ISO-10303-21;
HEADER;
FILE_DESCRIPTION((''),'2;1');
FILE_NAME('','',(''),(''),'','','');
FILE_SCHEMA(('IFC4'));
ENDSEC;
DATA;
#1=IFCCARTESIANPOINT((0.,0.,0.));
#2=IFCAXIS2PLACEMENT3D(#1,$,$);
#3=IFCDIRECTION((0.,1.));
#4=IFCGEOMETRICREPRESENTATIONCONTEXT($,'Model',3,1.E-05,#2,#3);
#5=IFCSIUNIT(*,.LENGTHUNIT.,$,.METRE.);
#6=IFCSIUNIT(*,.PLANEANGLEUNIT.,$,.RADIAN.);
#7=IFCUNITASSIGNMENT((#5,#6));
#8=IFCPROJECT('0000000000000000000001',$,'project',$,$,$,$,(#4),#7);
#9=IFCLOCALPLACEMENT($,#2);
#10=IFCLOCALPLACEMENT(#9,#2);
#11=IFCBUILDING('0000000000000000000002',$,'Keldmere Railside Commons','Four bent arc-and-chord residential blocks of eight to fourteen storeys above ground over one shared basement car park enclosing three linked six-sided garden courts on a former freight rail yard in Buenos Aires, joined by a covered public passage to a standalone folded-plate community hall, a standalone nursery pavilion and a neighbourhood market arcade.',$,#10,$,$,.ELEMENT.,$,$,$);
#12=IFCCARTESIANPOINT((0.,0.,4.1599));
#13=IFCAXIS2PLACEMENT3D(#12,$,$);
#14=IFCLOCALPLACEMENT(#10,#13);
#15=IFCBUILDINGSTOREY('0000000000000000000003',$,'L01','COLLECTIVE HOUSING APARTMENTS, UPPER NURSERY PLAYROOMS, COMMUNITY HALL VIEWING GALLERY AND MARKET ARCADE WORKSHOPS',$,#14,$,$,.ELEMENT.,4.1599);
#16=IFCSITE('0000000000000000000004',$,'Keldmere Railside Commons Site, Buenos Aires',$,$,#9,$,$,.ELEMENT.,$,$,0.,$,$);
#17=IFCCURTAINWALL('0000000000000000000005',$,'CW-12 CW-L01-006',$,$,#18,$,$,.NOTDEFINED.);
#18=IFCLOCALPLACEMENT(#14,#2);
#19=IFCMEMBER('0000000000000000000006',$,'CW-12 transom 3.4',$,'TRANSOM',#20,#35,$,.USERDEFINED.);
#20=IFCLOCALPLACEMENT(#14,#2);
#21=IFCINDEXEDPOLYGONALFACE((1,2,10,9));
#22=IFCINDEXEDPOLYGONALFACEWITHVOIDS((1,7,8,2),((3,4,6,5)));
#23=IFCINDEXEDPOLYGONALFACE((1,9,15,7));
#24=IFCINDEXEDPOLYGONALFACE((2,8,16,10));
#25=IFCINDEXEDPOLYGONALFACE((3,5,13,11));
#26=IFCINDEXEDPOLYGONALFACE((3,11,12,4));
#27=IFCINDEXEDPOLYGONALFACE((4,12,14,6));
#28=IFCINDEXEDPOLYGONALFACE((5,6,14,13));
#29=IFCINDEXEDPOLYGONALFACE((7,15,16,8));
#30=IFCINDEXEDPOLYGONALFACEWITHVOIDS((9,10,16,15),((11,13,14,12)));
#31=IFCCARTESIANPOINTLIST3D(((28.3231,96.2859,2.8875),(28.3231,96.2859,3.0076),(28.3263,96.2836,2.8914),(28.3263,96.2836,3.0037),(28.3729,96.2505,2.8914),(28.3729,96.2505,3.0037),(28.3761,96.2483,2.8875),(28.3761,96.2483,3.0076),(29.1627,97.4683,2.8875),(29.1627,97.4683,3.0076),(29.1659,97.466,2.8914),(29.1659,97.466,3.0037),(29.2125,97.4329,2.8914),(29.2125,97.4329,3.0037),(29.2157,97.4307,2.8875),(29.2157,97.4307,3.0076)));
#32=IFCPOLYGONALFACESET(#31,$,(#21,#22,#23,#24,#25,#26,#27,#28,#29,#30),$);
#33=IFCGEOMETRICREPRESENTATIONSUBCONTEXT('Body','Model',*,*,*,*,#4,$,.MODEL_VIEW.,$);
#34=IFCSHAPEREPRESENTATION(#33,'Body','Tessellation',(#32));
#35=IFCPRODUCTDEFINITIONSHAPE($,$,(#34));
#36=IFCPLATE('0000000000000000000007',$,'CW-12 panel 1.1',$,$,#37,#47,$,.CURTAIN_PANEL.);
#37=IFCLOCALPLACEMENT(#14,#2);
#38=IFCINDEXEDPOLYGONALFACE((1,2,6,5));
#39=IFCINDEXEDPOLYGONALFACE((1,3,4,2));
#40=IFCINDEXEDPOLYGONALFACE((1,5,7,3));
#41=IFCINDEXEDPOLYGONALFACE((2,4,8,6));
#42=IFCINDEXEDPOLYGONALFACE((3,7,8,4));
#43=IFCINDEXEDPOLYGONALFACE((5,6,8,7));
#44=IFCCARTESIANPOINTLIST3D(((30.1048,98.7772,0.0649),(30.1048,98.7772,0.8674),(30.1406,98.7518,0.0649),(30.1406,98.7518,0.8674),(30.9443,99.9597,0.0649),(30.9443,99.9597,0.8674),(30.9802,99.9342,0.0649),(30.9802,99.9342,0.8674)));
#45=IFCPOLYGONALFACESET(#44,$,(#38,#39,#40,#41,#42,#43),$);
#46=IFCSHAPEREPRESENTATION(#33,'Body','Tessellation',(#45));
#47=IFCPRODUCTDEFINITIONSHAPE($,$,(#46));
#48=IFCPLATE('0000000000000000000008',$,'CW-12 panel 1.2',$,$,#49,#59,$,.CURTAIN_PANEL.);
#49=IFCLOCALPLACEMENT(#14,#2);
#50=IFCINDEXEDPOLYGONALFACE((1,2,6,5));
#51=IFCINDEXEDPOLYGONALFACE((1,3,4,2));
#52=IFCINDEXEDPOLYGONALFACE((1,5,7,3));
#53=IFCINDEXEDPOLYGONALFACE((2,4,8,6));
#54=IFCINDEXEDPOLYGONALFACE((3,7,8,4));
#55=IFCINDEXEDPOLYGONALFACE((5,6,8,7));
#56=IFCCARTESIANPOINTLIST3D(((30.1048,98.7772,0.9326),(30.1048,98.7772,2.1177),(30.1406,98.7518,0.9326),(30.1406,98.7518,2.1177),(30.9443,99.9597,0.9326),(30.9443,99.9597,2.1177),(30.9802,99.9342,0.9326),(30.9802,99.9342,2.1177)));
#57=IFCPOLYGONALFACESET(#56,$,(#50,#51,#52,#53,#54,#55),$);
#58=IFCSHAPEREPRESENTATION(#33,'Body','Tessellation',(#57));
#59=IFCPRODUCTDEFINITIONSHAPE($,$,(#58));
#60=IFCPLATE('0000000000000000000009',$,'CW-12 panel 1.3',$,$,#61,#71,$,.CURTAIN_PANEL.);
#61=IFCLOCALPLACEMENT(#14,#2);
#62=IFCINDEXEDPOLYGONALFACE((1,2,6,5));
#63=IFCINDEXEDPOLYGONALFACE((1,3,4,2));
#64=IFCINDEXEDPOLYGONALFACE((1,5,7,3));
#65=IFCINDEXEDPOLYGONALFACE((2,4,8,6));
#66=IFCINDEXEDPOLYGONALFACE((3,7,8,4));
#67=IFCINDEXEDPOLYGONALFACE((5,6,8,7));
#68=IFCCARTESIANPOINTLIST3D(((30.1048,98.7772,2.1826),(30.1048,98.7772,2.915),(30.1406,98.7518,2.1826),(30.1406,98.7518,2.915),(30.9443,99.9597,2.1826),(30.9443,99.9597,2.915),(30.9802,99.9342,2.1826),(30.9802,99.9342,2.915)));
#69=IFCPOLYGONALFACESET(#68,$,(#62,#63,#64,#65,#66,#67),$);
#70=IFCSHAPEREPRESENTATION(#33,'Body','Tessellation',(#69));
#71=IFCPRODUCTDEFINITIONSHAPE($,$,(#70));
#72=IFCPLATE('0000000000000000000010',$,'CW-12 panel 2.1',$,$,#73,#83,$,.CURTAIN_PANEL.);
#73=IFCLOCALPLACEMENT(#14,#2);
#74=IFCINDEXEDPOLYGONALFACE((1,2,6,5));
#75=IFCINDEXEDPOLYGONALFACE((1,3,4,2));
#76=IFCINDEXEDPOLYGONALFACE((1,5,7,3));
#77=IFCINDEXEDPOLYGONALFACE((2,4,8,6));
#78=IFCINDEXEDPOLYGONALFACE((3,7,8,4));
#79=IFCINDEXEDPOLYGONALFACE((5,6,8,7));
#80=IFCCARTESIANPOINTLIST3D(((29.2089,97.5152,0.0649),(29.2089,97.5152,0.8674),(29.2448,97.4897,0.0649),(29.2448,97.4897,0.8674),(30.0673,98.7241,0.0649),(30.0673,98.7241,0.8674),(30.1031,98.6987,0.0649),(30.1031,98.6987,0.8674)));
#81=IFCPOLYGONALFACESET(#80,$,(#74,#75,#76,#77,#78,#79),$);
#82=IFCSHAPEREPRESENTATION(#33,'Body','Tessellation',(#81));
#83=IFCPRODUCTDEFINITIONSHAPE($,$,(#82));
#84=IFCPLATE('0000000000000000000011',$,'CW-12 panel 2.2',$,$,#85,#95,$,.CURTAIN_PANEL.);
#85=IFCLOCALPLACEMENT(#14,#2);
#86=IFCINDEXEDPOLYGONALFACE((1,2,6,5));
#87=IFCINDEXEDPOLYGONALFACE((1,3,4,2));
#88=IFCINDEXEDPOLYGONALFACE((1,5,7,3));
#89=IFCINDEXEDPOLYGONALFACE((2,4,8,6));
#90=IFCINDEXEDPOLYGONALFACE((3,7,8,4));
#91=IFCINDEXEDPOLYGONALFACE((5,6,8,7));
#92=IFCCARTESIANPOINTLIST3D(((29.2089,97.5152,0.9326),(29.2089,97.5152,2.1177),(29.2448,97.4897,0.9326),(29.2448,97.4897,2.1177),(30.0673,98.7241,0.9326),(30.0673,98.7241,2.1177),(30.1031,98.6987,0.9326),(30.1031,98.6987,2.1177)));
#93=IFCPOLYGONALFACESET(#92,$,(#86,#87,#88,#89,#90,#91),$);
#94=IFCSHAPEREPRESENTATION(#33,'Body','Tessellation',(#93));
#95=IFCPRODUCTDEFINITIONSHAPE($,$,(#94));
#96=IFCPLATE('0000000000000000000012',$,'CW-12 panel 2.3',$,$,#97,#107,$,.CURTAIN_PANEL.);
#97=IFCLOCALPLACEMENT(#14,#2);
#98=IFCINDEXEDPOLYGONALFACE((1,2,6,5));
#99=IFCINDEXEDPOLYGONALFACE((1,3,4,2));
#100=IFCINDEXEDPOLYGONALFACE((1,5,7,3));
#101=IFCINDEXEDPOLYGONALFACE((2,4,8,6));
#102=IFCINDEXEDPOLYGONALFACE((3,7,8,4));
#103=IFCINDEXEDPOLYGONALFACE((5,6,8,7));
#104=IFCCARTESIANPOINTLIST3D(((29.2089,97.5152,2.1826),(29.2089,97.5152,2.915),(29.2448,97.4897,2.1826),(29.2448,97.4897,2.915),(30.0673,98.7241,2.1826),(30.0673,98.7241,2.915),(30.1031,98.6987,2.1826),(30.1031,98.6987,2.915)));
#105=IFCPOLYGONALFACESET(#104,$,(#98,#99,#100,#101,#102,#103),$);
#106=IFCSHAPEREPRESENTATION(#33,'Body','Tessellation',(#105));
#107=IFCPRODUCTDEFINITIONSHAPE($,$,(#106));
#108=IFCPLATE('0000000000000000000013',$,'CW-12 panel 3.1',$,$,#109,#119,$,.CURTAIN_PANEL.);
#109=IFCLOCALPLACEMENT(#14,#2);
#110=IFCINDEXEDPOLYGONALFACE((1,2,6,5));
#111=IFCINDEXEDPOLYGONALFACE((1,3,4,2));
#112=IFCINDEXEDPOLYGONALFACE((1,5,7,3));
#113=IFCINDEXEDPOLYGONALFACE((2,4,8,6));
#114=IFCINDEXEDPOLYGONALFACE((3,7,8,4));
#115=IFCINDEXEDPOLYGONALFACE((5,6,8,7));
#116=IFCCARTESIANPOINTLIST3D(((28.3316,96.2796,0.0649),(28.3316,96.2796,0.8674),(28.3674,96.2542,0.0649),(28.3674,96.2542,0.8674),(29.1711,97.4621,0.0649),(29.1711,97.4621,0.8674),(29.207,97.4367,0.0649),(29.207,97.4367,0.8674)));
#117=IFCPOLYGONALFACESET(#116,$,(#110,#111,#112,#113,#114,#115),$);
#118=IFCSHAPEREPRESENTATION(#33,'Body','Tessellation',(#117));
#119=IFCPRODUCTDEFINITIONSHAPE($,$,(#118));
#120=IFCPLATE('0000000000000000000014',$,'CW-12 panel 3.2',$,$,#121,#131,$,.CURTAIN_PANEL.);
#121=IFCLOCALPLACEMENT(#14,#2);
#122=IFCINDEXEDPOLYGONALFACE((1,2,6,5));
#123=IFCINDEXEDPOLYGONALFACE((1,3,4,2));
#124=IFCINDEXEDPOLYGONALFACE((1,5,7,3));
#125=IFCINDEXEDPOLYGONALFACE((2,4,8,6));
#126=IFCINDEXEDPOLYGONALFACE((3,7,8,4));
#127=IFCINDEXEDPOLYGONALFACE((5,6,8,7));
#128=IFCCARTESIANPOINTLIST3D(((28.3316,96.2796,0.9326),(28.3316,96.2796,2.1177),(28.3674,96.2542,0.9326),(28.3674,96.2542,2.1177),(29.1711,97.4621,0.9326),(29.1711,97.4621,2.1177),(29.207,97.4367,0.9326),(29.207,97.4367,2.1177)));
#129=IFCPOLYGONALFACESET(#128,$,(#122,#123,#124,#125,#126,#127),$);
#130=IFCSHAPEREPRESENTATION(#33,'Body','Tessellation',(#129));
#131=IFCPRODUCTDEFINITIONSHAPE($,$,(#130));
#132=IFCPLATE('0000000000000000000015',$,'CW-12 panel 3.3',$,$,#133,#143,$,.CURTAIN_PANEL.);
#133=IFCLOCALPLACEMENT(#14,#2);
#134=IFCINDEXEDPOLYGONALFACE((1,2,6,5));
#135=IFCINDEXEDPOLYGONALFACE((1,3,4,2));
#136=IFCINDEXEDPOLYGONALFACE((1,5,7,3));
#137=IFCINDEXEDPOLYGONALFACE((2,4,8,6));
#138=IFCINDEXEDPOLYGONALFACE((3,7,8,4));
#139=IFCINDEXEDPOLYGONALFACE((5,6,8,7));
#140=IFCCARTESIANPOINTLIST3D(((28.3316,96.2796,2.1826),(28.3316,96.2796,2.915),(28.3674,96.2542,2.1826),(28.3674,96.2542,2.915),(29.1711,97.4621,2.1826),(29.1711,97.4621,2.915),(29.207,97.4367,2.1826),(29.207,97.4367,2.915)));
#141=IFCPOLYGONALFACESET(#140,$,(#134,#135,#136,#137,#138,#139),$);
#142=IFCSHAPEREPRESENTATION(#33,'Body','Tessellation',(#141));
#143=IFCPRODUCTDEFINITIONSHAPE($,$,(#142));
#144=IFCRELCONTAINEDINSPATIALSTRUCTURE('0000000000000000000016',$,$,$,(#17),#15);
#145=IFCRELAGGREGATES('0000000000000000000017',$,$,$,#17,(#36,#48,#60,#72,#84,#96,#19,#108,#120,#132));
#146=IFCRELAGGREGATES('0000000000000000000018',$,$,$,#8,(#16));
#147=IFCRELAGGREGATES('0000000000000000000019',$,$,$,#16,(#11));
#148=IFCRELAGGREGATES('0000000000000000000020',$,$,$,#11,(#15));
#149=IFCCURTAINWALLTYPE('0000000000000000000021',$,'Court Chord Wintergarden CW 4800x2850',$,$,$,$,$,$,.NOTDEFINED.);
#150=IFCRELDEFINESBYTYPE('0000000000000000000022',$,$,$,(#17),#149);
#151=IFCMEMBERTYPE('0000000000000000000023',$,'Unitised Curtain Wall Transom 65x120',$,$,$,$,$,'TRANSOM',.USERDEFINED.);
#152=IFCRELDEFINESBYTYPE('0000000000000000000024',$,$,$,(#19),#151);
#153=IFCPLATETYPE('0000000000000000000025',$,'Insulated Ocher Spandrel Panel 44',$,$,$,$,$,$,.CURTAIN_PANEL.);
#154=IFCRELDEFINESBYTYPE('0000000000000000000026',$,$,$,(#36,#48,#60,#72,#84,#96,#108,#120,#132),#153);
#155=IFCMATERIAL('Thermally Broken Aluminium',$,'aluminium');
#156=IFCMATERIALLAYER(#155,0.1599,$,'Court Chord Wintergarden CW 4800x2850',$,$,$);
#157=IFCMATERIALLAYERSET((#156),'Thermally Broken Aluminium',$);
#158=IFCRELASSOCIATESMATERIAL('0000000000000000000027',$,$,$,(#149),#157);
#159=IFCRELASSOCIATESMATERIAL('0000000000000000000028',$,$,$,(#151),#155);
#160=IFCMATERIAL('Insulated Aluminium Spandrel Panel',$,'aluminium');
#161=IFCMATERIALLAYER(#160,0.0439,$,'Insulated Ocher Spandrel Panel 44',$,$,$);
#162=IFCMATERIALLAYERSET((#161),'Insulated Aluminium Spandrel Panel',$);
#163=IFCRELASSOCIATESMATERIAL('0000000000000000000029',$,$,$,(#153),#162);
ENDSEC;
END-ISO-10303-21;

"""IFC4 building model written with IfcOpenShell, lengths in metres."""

from ifc_helpers import new_model, si_unit, direction, frame, origin, origin_2d, place, context, subcontext, project, spatial, rectangle, hollow_rectangle, extrude, material, layer, layer_set, material_profile, profile_set, type_object, element, aggregate, save


model = new_model("IFC4")

# Units and contexts
model_context = context("Model", 3, precision=1e-05, world=origin(), true_north=direction((0.0, 1.0)))
body_context = subcontext(model_context, "Body", "Model", "MODEL_VIEW")
ifc_project = project(units=[si_unit("LENGTHUNIT", "METRE"), si_unit("PLANEANGLEUNIT", "RADIAN")], contexts=[model_context])

# Site, building, storey
site_placement = place(None, origin())
site = spatial("IfcSite", under=ifc_project, at=site_placement, Name="Keldmere Railside Commons Site, Buenos Aires", CompositionType="ELEMENT", RefElevation=0.0)
building_placement = place(site_placement, origin())
building = spatial("IfcBuilding", under=site, at=building_placement, Name="Keldmere Railside Commons", Description="Four bent arc-and-chord residential blocks of eight to fourteen storeys above ground over one shared basement car park enclosing three linked six-sided garden courts on a former freight rail yard in Buenos Aires, joined by a covered public passage to a standalone folded-plate community hall, a standalone nursery pavilion and a neighbourhood market arcade.", CompositionType="ELEMENT")
storey_placement = place(building_placement, frame((0.0, 0.0, 4.1599)))
storey = spatial("IfcBuildingStorey", under=building, at=storey_placement, Name="L01", Description="COLLECTIVE HOUSING APARTMENTS, UPPER NURSERY PLAYROOMS, COMMUNITY HALL VIEWING GALLERY AND MARKET ARCADE WORKSHOPS", CompositionType="ELEMENT", Elevation=4.1599)

# Curtain wall, member, plates
ifc_material_1 = material(Name="Thermally Broken Aluminium", Category="aluminium")
ifc_layer_1 = layer(ifc_material_1, 0.1599, Name="Court Chord Wintergarden CW 4800x2850")
ifc_layer_set_1 = layer_set([ifc_layer_1], Name="Thermally Broken Aluminium")
curtain_wall_type = type_object("IfcCurtainWallType", Name="Court Chord Wintergarden CW 4800x2850", PredefinedType="NOTDEFINED", material=ifc_layer_set_1)
curtain_wall_placement = place(storey_placement, origin())
curtain_wall = element("IfcCurtainWall", 1, at=curtain_wall_placement, inside=storey, type_object=curtain_wall_type, Name="CW-12 CW-L01-006", PredefinedType="NOTDEFINED")
ifc_material_profile_1 = material_profile(ifc_material_1, hollow_rectangle(XDim=0.0649, YDim=0.1201, WallThickness=0.0039, at=origin_2d()), Name="ALU-TRAN-65x120")
ifc_profile_set_1 = profile_set([ifc_material_profile_1], Name="Thermally Broken Aluminium")
member_type_1 = type_object("IfcMemberType", Name="Unitised Curtain Wall Transom 65x120", ElementType="TRANSOM", PredefinedType="USERDEFINED", material=ifc_profile_set_1)
member_1_placement = place(storey_placement, frame((29.1892, 97.4495, 2.9475), z_axis=(-0.578975, -0.815346, 0.0), x_axis=(0.815346, -0.578975, 0.0)))
member_1 = element("IfcMember", 2, at=member_1_placement, type_object=member_type_1, Name="CW-12 transom 3.4", ObjectType="TRANSOM", PredefinedType="USERDEFINED", context=body_context, shape_type="SweptSolid", body=[
    extrude(hollow_rectangle(XDim=0.0649, YDim=0.1201, WallThickness=0.0039, at=origin_2d()), origin(), (0.0, 0.0, 1.0), 1.4502),
])
ifc_material_2 = material(Name="Insulated Aluminium Spandrel Panel", Category="aluminium")
ifc_layer_2 = layer(ifc_material_2, 0.0439, Name="Insulated Ocher Spandrel Panel 44")
ifc_layer_set_2 = layer_set([ifc_layer_2], Name="Insulated Aluminium Spandrel Panel")
plate_type = type_object("IfcPlateType", Name="Insulated Ocher Spandrel Panel 44", PredefinedType="CURTAIN_PANEL", material=ifc_layer_set_2)
plate_1_placement = place(storey_placement, frame((30.5425, 99.3557, 0.0649), z_axis=(0.0, 0.0, 1.0), x_axis=(-0.578913, -0.815389, 0.0)))
plate_1 = element("IfcPlate", 3, at=plate_1_placement, type_object=plate_type, Name="CW-12 panel 1.1", PredefinedType="CURTAIN_PANEL", context=body_context, shape_type="SweptSolid", body=[
    extrude(rectangle(XDim=1.4502, YDim=0.0439, at=origin_2d()), origin(), (0.0, 0.0, 1.0), 0.8025),
])
plate_2_placement = place(storey_placement, frame((30.5425, 99.3557, 0.9326), z_axis=(0.0, 0.0, 1.0), x_axis=(-0.578913, -0.815389, 0.0)))
plate_2 = element("IfcPlate", 4, at=plate_2_placement, type_object=plate_type, Name="CW-12 panel 1.2", PredefinedType="CURTAIN_PANEL", context=body_context, shape_type="SweptSolid", body=[
    extrude(rectangle(XDim=1.4502, YDim=0.0439, at=origin_2d()), origin(), (0.0, 0.0, 1.0), 1.1851),
])
plate_3_placement = place(storey_placement, frame((30.5425, 99.3557, 2.1826), z_axis=(0.0, 0.0, 1.0), x_axis=(-0.578913, -0.815389, 0.0)))
plate_3 = element("IfcPlate", 5, at=plate_3_placement, type_object=plate_type, Name="CW-12 panel 1.3", PredefinedType="CURTAIN_PANEL", context=body_context, shape_type="SweptSolid", body=[
    extrude(rectangle(XDim=1.4502, YDim=0.0439, at=origin_2d()), origin(), (0.0, 0.0, 1.0), 0.7324),
])
plate_4_placement = place(storey_placement, frame((29.656, 98.1069, 0.0649), z_axis=(0.0, 0.0, 1.0), x_axis=(-0.578913, -0.815389, 0.0)))
plate_4 = element("IfcPlate", 6, at=plate_4_placement, type_object=plate_type, Name="CW-12 panel 2.1", PredefinedType="CURTAIN_PANEL", context=body_context, shape_type="SweptSolid", body=[
    extrude(rectangle(XDim=1.4827, YDim=0.0439, at=origin_2d()), origin(), (0.0, 0.0, 1.0), 0.8025),
])
plate_5_placement = place(storey_placement, frame((29.656, 98.1069, 0.9326), z_axis=(0.0, 0.0, 1.0), x_axis=(-0.578913, -0.815389, 0.0)))
plate_5 = element("IfcPlate", 7, at=plate_5_placement, type_object=plate_type, Name="CW-12 panel 2.2", PredefinedType="CURTAIN_PANEL", context=body_context, shape_type="SweptSolid", body=[
    extrude(rectangle(XDim=1.4827, YDim=0.0439, at=origin_2d()), origin(), (0.0, 0.0, 1.0), 1.1851),
])
plate_6_placement = place(storey_placement, frame((29.656, 98.1069, 2.1826), z_axis=(0.0, 0.0, 1.0), x_axis=(-0.578913, -0.815389, 0.0)))
plate_6 = element("IfcPlate", 8, at=plate_6_placement, type_object=plate_type, Name="CW-12 panel 2.3", PredefinedType="CURTAIN_PANEL", context=body_context, shape_type="SweptSolid", body=[
    extrude(rectangle(XDim=1.4827, YDim=0.0439, at=origin_2d()), origin(), (0.0, 0.0, 1.0), 0.7324),
])
plate_7_placement = place(storey_placement, frame((28.7693, 96.8582, 0.0649), z_axis=(0.0, 0.0, 1.0), x_axis=(-0.578913, -0.815389, 0.0)))
plate_7 = element("IfcPlate", 9, at=plate_7_placement, type_object=plate_type, Name="CW-12 panel 3.1", PredefinedType="CURTAIN_PANEL", context=body_context, shape_type="SweptSolid", body=[
    extrude(rectangle(XDim=1.4502, YDim=0.0439, at=origin_2d()), origin(), (0.0, 0.0, 1.0), 0.8025),
])
plate_8_placement = place(storey_placement, frame((28.7693, 96.8582, 0.9326), z_axis=(0.0, 0.0, 1.0), x_axis=(-0.578913, -0.815389, 0.0)))
plate_8 = element("IfcPlate", 10, at=plate_8_placement, type_object=plate_type, Name="CW-12 panel 3.2", PredefinedType="CURTAIN_PANEL", context=body_context, shape_type="SweptSolid", body=[
    extrude(rectangle(XDim=1.4502, YDim=0.0439, at=origin_2d()), origin(), (0.0, 0.0, 1.0), 1.1851),
])
plate_9_placement = place(storey_placement, frame((28.7693, 96.8582, 2.1826), z_axis=(0.0, 0.0, 1.0), x_axis=(-0.578913, -0.815389, 0.0)))
plate_9 = element("IfcPlate", 11, at=plate_9_placement, type_object=plate_type, Name="CW-12 panel 3.3", PredefinedType="CURTAIN_PANEL", context=body_context, shape_type="SweptSolid", body=[
    extrude(rectangle(XDim=1.4502, YDim=0.0439, at=origin_2d()), origin(), (0.0, 0.0, 1.0), 0.7324),
])
aggregate(curtain_wall, [plate_1, plate_2, plate_3, plate_4, plate_5, plate_6, member_1, plate_7, plate_8, plate_9])

save(model, "model.ifc")
